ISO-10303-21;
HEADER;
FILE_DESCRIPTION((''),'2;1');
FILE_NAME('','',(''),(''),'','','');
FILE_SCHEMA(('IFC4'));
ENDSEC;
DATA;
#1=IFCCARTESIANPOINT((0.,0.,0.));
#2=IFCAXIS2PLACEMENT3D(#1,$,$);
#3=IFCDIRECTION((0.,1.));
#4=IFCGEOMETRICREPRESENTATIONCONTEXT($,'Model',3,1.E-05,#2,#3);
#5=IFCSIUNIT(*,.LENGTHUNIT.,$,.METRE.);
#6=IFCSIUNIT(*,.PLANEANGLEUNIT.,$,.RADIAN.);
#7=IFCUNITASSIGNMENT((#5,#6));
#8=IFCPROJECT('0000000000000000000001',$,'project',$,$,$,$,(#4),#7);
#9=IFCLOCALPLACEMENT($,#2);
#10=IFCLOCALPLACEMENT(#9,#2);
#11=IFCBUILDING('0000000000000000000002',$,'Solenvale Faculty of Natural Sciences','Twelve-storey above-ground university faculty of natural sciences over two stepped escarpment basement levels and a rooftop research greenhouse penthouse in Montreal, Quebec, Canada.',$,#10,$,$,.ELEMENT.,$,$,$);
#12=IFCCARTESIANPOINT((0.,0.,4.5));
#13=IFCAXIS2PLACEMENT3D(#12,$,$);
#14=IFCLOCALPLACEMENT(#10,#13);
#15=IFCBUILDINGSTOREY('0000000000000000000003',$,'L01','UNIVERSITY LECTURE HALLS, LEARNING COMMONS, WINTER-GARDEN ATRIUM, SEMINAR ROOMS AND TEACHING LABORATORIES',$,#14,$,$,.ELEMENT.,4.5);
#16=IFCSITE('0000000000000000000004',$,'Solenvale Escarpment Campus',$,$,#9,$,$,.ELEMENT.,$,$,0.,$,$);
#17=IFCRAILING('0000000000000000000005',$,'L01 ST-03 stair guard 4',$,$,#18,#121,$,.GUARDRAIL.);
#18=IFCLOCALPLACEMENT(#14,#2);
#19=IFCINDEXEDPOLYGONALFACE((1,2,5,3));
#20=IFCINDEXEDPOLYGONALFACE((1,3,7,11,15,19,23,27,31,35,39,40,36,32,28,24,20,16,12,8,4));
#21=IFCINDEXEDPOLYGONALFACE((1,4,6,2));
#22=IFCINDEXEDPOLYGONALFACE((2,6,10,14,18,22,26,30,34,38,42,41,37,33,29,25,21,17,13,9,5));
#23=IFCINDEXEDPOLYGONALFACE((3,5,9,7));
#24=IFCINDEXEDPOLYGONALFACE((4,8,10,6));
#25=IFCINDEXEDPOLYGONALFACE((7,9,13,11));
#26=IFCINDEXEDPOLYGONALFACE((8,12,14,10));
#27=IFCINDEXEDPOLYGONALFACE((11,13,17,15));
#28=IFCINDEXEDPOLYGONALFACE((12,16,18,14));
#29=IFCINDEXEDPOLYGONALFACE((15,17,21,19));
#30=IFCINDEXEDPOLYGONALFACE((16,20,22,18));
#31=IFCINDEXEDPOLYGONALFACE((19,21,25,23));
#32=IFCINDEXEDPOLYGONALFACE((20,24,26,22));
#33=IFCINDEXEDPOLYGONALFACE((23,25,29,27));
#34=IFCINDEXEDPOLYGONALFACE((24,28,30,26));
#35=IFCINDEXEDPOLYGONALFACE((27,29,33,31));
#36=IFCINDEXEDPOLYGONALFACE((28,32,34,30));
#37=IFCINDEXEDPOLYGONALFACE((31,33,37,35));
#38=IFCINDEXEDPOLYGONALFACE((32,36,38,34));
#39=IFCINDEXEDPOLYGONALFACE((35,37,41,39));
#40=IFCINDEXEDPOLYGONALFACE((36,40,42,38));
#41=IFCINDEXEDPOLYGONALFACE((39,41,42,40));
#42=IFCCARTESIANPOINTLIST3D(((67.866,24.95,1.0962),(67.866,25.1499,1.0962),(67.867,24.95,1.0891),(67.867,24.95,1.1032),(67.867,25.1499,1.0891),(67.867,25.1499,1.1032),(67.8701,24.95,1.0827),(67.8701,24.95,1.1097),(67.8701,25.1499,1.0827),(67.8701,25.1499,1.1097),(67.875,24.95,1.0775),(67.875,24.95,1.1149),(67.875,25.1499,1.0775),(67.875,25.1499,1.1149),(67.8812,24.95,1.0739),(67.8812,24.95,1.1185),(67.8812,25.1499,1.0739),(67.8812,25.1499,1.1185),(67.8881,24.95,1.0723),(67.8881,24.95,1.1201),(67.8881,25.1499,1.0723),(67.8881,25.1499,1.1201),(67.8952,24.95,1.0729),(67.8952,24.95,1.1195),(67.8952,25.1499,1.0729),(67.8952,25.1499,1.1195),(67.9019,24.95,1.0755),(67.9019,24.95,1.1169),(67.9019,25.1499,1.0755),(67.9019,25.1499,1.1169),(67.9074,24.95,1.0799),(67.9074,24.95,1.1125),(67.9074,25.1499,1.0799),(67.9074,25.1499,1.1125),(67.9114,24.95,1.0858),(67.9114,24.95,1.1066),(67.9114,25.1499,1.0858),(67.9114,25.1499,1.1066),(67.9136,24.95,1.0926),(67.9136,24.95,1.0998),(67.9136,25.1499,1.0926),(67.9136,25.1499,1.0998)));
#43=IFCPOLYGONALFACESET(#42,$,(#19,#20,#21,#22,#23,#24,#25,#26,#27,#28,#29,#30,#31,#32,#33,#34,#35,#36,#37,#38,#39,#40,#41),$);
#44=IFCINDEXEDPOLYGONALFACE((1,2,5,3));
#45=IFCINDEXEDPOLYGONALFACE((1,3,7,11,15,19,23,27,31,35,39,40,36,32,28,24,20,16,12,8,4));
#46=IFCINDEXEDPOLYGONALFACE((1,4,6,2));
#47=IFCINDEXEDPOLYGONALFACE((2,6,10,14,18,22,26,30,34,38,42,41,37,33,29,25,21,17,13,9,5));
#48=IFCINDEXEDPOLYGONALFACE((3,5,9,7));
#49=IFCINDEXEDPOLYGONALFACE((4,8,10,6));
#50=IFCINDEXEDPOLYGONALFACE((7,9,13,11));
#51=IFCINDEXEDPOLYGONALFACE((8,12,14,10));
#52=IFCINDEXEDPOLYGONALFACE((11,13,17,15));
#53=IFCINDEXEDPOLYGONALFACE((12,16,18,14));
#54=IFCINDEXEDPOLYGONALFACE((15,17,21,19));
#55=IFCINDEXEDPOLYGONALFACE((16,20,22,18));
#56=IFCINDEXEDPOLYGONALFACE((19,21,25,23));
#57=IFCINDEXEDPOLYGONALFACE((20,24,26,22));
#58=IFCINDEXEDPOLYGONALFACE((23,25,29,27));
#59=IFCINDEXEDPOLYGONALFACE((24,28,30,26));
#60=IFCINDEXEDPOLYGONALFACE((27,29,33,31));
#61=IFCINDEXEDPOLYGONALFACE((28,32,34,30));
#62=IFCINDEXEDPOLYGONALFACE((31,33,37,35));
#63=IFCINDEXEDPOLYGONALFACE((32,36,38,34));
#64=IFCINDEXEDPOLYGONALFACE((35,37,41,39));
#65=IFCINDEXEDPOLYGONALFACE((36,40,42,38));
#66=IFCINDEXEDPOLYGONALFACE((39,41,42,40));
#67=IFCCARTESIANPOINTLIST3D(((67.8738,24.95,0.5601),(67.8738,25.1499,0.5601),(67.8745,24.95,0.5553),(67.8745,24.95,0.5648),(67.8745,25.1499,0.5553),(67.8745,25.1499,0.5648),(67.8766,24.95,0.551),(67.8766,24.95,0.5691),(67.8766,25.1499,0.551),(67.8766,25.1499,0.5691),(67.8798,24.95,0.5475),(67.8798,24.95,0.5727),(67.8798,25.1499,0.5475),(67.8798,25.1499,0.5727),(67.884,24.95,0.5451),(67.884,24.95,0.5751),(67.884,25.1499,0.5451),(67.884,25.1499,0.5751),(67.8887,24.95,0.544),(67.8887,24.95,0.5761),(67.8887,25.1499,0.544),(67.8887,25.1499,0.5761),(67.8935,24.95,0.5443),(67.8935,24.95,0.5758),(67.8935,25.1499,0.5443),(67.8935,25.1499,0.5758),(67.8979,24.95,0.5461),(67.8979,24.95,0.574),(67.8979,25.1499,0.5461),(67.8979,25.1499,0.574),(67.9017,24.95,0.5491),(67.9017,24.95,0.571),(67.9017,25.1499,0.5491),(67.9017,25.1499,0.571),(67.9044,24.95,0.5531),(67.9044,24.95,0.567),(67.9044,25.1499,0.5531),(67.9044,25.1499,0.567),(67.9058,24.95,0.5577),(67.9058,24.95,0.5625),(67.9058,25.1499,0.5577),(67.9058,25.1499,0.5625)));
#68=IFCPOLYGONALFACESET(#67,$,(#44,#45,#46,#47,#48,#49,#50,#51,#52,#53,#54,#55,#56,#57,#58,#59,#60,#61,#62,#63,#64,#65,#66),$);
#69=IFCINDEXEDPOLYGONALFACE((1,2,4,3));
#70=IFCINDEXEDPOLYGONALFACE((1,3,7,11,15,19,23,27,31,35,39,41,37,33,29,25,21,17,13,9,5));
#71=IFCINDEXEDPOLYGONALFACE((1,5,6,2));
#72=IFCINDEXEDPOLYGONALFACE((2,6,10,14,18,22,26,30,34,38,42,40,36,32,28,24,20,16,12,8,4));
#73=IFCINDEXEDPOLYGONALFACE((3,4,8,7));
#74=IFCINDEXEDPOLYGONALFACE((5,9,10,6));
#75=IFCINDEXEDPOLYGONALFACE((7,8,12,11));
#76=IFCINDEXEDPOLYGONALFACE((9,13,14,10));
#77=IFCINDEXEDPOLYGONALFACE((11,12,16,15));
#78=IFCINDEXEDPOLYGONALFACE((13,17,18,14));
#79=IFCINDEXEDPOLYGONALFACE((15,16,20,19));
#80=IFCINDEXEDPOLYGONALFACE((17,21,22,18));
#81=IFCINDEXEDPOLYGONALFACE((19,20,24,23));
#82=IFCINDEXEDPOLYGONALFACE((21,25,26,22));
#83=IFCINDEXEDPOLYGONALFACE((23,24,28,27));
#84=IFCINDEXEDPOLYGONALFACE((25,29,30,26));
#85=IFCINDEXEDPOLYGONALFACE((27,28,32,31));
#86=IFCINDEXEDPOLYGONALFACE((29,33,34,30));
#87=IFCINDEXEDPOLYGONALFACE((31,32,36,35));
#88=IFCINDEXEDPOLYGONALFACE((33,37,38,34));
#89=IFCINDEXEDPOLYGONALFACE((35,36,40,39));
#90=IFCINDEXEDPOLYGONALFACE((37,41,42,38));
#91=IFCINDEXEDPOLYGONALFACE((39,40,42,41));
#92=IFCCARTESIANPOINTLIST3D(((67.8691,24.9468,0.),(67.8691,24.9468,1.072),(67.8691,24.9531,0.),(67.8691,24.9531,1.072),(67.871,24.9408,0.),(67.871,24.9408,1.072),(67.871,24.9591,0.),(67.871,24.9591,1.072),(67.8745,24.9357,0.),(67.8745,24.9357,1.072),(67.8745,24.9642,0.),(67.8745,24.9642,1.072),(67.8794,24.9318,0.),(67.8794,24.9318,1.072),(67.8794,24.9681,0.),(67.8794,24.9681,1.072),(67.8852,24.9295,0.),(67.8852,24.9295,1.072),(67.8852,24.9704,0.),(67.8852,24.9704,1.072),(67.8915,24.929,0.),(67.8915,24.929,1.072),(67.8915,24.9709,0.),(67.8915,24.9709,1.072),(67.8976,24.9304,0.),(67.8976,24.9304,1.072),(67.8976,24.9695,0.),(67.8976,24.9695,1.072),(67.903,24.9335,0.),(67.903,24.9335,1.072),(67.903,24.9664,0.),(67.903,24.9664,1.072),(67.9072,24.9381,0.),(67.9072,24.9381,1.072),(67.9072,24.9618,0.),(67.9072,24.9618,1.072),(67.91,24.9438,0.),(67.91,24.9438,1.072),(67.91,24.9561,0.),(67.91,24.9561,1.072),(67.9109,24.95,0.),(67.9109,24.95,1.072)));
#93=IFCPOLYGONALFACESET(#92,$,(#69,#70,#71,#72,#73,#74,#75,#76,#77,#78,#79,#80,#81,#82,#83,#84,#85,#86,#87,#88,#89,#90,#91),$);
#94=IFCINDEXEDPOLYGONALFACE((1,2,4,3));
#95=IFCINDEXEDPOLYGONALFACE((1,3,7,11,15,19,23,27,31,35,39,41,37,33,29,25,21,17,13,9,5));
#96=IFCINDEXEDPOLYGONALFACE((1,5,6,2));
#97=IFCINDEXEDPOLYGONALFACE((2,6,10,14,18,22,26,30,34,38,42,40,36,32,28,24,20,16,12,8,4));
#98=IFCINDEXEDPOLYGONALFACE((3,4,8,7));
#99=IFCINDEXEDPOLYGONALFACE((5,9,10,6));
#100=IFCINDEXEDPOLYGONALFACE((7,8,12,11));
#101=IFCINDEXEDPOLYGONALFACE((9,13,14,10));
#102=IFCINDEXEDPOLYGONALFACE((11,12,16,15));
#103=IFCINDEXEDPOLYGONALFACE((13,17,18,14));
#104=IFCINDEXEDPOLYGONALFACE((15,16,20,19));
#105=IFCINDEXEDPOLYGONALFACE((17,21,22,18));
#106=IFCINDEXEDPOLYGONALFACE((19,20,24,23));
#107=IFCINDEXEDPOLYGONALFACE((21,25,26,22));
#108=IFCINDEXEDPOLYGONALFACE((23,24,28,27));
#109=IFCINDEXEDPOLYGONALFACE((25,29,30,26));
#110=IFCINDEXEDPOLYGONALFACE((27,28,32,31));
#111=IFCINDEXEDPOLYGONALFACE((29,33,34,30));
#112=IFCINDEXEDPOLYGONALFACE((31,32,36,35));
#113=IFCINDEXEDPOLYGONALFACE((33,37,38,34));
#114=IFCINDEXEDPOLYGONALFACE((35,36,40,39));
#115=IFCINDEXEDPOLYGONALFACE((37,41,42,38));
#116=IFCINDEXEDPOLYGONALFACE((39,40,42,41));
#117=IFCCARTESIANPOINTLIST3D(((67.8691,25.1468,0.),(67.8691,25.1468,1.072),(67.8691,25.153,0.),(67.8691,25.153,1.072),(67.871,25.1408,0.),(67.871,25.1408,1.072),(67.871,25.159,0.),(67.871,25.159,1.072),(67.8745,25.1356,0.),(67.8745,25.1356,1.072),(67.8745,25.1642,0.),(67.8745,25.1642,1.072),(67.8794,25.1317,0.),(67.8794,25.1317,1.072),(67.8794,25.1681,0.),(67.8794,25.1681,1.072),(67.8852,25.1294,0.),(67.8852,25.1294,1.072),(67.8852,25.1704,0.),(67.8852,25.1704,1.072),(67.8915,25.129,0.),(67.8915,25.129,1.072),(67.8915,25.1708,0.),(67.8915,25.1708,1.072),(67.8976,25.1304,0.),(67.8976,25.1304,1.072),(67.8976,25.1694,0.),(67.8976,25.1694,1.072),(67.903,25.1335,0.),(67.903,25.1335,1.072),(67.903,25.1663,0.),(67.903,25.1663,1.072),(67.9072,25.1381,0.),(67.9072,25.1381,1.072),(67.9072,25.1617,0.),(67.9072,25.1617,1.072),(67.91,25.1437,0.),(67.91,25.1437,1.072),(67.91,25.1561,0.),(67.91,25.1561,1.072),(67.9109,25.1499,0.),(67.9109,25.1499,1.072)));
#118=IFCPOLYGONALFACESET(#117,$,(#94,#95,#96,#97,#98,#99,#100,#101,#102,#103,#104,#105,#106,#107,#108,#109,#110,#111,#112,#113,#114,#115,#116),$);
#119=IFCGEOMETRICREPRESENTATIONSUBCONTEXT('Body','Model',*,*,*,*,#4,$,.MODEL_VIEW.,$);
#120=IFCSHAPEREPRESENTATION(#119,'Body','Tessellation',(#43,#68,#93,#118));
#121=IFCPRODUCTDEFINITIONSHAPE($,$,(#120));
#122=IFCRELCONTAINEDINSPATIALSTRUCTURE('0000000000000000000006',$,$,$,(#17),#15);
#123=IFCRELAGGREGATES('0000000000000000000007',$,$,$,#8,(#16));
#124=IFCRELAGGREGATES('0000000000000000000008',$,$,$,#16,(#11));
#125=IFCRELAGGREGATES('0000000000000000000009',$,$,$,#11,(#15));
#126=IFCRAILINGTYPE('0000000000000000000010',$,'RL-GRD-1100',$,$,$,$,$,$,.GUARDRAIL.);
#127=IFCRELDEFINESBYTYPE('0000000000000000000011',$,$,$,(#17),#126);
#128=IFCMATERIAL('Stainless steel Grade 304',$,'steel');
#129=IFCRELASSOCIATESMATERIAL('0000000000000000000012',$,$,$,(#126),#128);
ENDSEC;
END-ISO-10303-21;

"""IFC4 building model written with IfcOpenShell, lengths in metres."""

from ifc_helpers import new_model, si_unit, direction, frame, origin, origin_2d, place, context, subcontext, project, spatial, circle, extrude, material, type_object, element, save


model = new_model("IFC4")

# Units and contexts
model_context = context("Model", 3, precision=1e-05, world=origin(), true_north=direction((0.0, 1.0)))
body_context = subcontext(model_context, "Body", "Model", "MODEL_VIEW")
ifc_project = project(units=[si_unit("LENGTHUNIT", "METRE"), si_unit("PLANEANGLEUNIT", "RADIAN")], contexts=[model_context])

# Site, building, storey
site_placement = place(None, origin())
site = spatial("IfcSite", under=ifc_project, at=site_placement, Name="Solenvale Escarpment Campus", CompositionType="ELEMENT", RefElevation=0.0)
building_placement = place(site_placement, origin())
building = spatial("IfcBuilding", under=site, at=building_placement, Name="Solenvale Faculty of Natural Sciences", Description="Twelve-storey above-ground university faculty of natural sciences over two stepped escarpment basement levels and a rooftop research greenhouse penthouse in Montreal, Quebec, Canada.", CompositionType="ELEMENT")
storey_placement = place(building_placement, frame((0.0, 0.0, 4.5)))
storey = spatial("IfcBuildingStorey", under=building, at=storey_placement, Name="L01", Description="UNIVERSITY LECTURE HALLS, LEARNING COMMONS, WINTER-GARDEN ATRIUM, SEMINAR ROOMS AND TEACHING LABORATORIES", CompositionType="ELEMENT", Elevation=4.5)

# Railing
ifc_material_1 = material(Name="Stainless steel Grade 304", Category="steel")
railing_type_1 = type_object("IfcRailingType", Name="RL-GRD-1100", PredefinedType="GUARDRAIL", material=ifc_material_1)
railing_1_placement = place(storey_placement, frame((67.8899, 24.95, 0.0)))
element("IfcRailing", 1, at=railing_1_placement, inside=storey, type_object=railing_type_1, Name="L01 ST-03 stair guard 4", PredefinedType="GUARDRAIL", context=body_context, shape_type="SweptSolid", body=[
    extrude(circle(Radius=0.0239, at=origin_2d()), frame((0.0, 0.0, 1.0962), z_axis=(0.0, 1.0, 0.0), x_axis=(-1.0, 0.0, 0.0)), (0.0, 0.0, 1.0), 0.2),
    extrude(circle(Radius=0.0161, at=origin_2d()), frame((0.0, 0.0, 0.5601), z_axis=(0.0, 1.0, 0.0), x_axis=(-1.0, 0.0, 0.0)), (0.0, 0.0, 1.0), 0.2),
    extrude(circle(Radius=0.021, at=origin_2d()), origin(), (0.0, 0.0, 1.0), 1.072),
    extrude(circle(Radius=0.021, at=origin_2d()), frame((0.0, 0.2, 0.0)), (0.0, 0.0, 1.0), 1.072),
])

save(model, "model.ifc")
